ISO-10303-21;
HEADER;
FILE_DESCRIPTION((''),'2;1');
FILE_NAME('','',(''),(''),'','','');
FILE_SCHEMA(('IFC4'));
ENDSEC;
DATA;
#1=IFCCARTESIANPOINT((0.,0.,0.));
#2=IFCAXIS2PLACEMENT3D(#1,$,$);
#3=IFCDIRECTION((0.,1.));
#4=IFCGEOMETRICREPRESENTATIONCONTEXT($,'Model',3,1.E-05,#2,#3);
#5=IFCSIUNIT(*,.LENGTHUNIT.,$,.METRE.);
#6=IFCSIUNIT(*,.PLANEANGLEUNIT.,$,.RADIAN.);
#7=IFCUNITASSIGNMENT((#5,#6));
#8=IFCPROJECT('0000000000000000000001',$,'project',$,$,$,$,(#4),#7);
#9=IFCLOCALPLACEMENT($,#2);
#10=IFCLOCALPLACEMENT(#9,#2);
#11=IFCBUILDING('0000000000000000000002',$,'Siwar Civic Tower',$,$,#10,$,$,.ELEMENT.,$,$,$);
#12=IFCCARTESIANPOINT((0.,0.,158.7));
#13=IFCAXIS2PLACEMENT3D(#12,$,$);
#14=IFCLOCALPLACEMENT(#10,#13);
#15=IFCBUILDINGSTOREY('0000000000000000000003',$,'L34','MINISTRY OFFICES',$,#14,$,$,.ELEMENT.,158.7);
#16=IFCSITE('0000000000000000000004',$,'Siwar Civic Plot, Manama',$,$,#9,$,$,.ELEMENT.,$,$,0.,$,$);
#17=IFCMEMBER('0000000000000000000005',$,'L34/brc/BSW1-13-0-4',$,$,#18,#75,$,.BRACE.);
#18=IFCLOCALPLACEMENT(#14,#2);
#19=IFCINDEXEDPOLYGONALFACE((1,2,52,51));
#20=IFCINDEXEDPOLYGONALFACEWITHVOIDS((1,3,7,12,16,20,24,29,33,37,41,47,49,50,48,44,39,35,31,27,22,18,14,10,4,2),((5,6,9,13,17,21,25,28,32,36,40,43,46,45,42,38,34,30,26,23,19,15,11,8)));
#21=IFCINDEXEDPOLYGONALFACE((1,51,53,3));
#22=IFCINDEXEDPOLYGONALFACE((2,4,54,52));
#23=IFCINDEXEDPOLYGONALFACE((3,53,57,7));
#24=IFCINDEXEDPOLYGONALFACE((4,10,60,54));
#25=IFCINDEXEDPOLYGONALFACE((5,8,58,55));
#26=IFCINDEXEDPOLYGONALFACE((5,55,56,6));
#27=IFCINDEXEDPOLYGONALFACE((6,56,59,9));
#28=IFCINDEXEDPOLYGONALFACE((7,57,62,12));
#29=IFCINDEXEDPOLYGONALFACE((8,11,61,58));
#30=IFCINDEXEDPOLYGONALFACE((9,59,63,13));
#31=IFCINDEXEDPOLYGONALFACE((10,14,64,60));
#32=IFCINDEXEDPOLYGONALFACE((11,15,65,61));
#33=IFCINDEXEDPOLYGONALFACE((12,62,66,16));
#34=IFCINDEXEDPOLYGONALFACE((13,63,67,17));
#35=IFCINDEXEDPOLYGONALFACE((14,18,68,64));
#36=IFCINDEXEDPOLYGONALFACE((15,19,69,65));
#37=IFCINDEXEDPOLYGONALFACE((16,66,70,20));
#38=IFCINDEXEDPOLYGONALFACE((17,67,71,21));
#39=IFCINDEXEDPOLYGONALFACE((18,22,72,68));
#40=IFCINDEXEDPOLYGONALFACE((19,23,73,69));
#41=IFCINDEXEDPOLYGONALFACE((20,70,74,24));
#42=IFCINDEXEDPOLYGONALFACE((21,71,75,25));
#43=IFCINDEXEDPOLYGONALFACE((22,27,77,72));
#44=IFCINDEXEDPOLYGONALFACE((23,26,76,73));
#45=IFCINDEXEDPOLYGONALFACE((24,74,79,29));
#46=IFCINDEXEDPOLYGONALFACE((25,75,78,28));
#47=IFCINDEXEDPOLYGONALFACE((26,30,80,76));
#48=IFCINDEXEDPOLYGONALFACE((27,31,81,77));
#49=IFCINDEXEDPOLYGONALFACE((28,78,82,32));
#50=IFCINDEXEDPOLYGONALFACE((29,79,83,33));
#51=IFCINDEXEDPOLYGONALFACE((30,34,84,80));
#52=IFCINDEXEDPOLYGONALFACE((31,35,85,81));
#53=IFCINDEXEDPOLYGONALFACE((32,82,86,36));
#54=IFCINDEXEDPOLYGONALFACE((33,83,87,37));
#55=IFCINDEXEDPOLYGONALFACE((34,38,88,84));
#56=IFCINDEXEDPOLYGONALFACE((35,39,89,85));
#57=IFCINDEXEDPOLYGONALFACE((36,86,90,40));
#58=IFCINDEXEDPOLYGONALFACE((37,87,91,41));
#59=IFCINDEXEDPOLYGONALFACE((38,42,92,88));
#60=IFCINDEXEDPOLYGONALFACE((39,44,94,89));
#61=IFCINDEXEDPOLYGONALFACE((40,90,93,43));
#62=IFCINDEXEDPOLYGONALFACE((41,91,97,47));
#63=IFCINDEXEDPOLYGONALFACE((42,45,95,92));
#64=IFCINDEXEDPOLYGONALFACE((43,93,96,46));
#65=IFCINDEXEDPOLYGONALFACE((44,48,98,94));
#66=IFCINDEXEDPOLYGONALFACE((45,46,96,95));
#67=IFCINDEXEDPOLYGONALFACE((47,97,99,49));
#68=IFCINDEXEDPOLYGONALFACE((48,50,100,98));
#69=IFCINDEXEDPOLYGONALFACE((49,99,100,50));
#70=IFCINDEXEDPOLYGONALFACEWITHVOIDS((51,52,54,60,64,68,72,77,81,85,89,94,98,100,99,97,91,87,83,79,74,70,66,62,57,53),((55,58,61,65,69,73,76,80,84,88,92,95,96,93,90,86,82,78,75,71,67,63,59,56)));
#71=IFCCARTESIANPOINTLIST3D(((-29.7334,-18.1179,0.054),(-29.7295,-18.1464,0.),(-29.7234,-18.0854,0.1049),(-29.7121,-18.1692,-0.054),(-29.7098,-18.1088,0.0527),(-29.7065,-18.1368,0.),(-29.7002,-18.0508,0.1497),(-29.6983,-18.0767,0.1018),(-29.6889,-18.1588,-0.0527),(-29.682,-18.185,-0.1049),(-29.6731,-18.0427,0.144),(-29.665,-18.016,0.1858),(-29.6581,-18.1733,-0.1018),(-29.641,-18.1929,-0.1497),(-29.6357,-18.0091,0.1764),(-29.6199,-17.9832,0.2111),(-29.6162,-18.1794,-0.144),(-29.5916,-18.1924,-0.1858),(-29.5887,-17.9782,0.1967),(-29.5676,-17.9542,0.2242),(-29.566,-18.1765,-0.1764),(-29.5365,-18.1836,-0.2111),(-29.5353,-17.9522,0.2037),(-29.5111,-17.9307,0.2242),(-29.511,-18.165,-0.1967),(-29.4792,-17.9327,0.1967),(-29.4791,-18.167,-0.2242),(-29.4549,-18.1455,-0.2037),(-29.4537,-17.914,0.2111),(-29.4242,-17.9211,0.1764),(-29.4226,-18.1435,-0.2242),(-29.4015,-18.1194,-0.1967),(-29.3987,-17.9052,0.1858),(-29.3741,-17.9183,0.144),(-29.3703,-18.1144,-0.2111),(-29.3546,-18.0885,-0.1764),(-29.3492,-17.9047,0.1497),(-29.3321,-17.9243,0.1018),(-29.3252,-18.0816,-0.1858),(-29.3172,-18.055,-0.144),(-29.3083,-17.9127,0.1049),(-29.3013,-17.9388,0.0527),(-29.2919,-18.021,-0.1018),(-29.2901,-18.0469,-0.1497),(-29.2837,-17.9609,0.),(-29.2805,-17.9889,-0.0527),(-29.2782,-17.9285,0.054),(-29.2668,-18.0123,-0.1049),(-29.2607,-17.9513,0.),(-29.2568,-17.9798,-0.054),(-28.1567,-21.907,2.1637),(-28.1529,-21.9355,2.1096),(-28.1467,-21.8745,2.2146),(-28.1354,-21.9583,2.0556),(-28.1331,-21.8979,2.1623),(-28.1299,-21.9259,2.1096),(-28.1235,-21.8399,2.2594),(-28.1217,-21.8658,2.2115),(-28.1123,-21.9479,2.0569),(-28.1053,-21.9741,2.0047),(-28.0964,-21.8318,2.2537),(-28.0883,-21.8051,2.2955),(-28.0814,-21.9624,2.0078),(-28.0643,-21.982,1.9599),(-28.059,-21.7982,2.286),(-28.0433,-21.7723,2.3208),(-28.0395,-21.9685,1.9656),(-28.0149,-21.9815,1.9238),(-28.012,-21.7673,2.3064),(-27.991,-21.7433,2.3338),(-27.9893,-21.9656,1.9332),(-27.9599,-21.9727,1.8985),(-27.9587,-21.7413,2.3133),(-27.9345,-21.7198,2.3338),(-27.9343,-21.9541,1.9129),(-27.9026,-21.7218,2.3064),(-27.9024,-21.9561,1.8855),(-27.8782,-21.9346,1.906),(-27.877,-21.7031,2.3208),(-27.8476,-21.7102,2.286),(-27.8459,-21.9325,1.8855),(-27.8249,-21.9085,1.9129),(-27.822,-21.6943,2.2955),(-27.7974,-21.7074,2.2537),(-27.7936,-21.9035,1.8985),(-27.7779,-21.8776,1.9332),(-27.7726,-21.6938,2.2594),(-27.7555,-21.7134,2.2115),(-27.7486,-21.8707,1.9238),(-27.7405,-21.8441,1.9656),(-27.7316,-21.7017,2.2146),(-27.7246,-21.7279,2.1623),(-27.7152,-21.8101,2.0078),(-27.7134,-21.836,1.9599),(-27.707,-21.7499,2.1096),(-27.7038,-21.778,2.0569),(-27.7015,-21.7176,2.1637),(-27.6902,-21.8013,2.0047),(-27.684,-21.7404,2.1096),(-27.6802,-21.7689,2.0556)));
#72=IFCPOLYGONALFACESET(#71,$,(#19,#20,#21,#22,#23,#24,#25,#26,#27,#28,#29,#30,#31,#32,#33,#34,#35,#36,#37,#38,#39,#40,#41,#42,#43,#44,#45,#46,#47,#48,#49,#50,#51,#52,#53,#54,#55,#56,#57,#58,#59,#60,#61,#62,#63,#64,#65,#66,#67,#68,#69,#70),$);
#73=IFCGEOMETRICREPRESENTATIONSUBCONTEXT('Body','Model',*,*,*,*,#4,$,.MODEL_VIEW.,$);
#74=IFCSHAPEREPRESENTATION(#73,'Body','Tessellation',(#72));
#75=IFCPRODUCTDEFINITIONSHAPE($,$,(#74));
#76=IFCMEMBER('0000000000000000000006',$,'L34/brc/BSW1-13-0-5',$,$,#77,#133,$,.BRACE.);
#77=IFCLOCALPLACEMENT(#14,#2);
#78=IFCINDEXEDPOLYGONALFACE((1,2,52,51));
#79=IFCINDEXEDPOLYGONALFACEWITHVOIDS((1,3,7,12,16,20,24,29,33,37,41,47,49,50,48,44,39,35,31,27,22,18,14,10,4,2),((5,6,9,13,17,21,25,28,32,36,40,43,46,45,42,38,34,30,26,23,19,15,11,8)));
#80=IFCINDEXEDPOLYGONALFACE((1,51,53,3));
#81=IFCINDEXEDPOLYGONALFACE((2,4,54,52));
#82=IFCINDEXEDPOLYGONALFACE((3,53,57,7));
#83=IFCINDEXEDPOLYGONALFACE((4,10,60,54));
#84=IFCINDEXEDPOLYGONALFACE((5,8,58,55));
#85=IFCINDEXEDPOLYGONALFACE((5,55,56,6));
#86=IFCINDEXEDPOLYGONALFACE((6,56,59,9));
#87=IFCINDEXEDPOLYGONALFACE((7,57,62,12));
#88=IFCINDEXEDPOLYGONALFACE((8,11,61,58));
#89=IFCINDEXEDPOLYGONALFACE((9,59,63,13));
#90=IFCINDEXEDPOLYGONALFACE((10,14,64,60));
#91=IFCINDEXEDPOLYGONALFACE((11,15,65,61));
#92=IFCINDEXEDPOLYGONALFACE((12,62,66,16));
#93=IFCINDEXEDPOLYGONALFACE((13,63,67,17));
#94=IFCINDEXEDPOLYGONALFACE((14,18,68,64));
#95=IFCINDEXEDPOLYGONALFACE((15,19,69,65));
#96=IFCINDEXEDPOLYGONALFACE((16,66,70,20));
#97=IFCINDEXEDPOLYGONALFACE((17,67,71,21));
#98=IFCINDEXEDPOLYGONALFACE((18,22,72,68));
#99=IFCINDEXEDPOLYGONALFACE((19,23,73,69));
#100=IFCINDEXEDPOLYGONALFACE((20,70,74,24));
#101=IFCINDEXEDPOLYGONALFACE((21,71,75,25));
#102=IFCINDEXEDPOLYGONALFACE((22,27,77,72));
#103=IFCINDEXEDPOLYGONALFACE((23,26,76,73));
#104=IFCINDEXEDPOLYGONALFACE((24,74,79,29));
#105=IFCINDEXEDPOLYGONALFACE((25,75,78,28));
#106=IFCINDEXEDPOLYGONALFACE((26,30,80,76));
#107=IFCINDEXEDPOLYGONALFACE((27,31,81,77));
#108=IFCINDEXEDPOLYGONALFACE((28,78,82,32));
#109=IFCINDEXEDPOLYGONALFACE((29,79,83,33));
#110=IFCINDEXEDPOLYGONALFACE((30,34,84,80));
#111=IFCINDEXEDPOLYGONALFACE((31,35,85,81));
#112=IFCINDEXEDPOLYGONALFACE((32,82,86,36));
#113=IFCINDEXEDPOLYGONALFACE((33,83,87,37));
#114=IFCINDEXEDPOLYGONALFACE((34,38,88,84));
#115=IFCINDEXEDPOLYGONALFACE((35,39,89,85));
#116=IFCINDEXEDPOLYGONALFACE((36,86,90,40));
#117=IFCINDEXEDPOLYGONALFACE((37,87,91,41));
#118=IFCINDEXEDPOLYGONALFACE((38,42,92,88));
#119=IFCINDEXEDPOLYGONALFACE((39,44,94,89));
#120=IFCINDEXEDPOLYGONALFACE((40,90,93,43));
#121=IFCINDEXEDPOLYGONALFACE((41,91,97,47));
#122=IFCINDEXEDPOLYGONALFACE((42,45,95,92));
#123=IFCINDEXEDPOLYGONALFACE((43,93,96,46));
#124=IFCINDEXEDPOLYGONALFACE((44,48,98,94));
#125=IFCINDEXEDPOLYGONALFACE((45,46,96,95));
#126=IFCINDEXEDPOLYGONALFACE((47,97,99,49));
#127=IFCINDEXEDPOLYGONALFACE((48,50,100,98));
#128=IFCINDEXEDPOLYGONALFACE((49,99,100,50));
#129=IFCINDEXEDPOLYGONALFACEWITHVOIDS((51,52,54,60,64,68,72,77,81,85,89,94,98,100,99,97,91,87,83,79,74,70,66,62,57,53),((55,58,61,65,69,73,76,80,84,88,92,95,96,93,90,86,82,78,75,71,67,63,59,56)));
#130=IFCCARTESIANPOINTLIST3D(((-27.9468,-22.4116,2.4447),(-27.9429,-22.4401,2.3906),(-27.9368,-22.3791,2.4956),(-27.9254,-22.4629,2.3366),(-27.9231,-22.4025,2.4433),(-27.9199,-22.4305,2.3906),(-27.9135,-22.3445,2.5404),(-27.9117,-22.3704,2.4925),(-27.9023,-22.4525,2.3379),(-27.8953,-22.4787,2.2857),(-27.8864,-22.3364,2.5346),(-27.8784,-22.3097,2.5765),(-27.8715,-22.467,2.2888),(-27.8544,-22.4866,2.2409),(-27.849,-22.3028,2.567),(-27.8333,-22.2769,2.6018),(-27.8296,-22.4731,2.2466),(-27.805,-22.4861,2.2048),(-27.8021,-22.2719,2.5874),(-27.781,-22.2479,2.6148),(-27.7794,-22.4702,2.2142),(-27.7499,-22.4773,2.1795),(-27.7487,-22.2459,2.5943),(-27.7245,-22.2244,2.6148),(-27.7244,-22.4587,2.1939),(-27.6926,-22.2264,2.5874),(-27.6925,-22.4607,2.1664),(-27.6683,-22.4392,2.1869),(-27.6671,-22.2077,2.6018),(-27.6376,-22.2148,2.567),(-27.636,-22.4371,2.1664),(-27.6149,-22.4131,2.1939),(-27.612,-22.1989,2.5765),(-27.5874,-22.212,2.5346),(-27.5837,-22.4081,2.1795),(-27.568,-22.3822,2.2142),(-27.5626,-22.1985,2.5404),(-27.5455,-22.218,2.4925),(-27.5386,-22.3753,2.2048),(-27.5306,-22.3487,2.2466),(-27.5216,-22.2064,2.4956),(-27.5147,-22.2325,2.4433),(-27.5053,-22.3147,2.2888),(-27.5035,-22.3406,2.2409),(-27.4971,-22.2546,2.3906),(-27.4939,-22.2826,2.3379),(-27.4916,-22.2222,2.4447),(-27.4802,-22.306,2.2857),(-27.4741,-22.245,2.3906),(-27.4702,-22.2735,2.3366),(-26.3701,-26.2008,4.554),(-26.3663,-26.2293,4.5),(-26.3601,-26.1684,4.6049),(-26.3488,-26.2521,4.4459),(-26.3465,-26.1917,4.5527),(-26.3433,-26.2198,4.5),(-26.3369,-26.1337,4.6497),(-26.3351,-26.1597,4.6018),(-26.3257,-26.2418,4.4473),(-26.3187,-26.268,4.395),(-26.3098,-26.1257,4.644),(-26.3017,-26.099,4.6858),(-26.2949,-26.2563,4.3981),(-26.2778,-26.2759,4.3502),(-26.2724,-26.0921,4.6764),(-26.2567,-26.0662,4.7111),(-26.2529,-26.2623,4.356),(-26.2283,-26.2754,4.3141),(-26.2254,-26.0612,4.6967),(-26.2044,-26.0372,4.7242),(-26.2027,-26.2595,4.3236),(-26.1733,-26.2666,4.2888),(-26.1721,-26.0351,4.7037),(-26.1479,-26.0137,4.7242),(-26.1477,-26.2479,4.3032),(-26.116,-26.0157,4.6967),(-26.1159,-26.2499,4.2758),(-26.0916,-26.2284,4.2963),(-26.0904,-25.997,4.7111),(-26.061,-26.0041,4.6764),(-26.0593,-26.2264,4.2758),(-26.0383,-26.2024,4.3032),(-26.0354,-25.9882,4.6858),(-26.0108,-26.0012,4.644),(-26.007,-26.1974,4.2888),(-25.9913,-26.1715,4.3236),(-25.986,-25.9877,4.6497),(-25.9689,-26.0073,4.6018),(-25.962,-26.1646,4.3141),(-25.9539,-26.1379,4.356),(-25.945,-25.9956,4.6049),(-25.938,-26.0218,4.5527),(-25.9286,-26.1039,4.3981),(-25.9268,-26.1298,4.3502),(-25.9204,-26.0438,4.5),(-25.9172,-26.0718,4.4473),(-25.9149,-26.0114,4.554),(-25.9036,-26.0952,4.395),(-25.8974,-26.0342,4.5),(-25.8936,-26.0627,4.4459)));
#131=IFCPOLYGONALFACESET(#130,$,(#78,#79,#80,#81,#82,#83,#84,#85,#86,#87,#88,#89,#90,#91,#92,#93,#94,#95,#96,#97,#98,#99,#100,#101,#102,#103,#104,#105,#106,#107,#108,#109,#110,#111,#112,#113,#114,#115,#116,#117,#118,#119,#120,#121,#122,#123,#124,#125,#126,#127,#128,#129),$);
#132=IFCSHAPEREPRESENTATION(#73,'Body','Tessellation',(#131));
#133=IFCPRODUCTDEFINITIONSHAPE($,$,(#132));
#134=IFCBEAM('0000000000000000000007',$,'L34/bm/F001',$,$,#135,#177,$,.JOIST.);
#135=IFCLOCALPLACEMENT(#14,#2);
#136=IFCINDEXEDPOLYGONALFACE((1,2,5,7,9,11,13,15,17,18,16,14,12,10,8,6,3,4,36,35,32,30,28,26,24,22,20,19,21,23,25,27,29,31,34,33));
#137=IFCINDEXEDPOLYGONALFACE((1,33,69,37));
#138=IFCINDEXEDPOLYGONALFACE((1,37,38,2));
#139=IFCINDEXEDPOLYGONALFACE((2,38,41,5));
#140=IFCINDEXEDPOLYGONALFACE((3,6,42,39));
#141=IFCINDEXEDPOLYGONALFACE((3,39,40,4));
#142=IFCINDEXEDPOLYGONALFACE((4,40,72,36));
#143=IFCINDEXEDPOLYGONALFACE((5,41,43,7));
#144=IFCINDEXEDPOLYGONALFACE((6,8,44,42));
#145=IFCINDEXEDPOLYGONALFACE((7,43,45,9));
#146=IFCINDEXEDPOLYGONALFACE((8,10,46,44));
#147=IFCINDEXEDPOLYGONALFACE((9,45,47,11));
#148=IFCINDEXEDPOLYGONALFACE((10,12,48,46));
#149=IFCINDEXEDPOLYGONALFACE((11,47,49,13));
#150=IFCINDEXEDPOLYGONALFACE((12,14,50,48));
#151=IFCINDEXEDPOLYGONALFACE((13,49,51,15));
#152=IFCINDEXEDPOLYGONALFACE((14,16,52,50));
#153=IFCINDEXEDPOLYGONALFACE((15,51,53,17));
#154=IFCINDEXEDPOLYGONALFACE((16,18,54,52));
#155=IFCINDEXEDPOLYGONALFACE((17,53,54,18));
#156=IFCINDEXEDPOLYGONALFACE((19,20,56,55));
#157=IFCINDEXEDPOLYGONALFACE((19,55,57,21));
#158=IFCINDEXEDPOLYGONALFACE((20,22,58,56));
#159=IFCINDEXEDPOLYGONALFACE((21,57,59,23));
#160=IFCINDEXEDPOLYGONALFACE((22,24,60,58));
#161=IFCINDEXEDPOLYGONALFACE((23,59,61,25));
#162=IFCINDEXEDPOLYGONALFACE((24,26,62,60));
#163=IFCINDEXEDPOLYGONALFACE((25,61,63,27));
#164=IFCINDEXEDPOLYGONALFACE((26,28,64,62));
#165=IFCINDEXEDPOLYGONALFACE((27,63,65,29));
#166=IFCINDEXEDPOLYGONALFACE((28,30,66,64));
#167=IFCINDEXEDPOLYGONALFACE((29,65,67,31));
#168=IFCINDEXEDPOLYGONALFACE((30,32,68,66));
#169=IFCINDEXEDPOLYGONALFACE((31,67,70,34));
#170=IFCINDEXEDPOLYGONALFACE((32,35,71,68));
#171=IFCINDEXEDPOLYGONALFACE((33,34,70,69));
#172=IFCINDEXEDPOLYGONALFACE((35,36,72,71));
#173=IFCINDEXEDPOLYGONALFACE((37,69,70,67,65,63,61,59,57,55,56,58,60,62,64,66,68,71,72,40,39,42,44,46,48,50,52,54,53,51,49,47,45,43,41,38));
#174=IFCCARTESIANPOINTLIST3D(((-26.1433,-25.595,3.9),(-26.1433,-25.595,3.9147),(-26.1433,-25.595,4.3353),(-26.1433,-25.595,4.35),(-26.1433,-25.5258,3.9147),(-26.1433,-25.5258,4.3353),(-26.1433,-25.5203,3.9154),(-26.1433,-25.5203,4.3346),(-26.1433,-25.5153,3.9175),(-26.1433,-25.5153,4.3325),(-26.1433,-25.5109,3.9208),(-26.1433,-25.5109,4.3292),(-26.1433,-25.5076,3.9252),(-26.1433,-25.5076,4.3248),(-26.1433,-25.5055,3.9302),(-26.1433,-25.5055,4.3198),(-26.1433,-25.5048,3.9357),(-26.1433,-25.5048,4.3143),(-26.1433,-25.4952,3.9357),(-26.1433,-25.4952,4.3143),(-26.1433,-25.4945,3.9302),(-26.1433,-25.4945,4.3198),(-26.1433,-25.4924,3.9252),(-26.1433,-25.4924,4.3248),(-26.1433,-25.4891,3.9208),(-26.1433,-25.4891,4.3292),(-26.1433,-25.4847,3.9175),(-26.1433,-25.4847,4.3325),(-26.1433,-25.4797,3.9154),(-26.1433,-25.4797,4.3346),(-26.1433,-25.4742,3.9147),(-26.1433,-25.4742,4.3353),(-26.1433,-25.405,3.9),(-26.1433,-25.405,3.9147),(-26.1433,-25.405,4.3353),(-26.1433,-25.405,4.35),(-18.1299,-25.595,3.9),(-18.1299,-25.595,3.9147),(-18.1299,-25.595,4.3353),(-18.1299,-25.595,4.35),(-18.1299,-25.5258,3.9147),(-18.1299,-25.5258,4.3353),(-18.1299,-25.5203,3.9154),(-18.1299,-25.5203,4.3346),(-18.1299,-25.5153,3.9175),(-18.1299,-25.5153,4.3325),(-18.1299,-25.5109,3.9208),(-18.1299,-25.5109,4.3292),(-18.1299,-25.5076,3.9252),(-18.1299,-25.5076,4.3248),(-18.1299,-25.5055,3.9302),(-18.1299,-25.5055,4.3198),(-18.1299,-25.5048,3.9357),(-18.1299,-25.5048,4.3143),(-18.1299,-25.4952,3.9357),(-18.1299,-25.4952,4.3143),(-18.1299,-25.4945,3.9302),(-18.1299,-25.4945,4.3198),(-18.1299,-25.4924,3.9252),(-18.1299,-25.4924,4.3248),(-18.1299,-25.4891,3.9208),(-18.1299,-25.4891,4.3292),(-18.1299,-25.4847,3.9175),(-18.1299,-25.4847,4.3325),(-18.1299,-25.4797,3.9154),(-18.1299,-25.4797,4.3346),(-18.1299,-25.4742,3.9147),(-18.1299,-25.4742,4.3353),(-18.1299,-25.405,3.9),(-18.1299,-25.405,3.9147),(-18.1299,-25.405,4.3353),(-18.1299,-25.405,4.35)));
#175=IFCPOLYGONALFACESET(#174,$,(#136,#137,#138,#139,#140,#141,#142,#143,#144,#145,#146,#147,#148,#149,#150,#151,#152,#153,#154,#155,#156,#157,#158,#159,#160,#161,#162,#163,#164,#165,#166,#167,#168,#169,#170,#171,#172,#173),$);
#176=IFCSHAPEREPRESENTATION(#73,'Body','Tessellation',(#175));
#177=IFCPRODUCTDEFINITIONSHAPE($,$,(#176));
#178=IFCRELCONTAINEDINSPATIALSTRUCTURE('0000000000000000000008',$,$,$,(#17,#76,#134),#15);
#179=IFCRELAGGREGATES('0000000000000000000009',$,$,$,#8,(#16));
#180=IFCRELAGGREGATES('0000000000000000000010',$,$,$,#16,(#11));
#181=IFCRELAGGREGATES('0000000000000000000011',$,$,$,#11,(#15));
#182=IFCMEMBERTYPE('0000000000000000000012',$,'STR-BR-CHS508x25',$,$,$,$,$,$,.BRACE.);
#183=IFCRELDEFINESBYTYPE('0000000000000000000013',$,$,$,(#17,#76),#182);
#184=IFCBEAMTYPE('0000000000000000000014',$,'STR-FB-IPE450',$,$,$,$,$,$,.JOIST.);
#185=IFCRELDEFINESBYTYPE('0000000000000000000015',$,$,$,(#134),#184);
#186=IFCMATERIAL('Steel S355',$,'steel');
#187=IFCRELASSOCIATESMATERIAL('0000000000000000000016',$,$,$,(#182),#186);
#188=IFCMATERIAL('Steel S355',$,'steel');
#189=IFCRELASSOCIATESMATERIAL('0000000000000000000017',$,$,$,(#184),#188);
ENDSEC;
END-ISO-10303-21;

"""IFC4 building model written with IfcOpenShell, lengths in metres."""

from ifc_helpers import new_model, si_unit, direction, frame, origin, origin_2d, place, context, subcontext, project, spatial, hollow_circle, i_section, extrude, material, material_profile, profile_set, type_object, element, save


model = new_model("IFC4")

# Units and contexts
model_context = context("Model", 3, precision=1e-05, world=origin(), true_north=direction((0.0, 1.0)))
body_context = subcontext(model_context, "Body", "Model", "MODEL_VIEW")
ifc_project = project(units=[si_unit("LENGTHUNIT", "METRE"), si_unit("PLANEANGLEUNIT", "RADIAN")], contexts=[model_context])

# Site, building, storey
site_placement = place(None, origin())
site = spatial("IfcSite", under=ifc_project, at=site_placement, Name="Siwar Civic Plot, Manama", CompositionType="ELEMENT", RefElevation=0.0)
building_placement = place(site_placement, origin())
building = spatial("IfcBuilding", under=site, at=building_placement, Name="Siwar Civic Tower", CompositionType="ELEMENT")
storey_placement = place(building_placement, frame((0.0, 0.0, 158.7)))
storey = spatial("IfcBuildingStorey", under=building, at=storey_placement, Name="L34", Description="MINISTRY OFFICES", CompositionType="ELEMENT", Elevation=158.7)

# Members
ifc_material_1 = material(Name="Steel S355", Category="steel")
ifc_material_profile_1 = material_profile(ifc_material_1, hollow_circle(Radius=0.2539, WallThickness=0.0249, at=origin_2d()), Name="CHS508x25")
ifc_profile_set_1 = profile_set([ifc_material_profile_1], Name="Steel S355")
member_type_1 = type_object("IfcMemberType", Name="STR-BR-CHS508x25", PredefinedType="BRACE", material=ifc_profile_set_1)
for number, where, z_axis, x_axis, name in (
    (1, (-29.4951, -18.0488, 0.0), (0.341677, -0.821126, 0.457175), (0.92326, 0.384176, 0.0), "L34/brc/BSW1-13-0-4"),
    (2, (-27.7085, -22.3425, 2.3906), (0.341671, -0.821163, 0.457113), (0.923269, 0.384155, 0.0), "L34/brc/BSW1-13-0-5"),
):
    element("IfcMember", number, at=place(storey_placement, frame(where, z_axis=z_axis, x_axis=x_axis)), inside=storey, type_object=member_type_1, Name=name, PredefinedType="BRACE", context=body_context, shape_type="SweptSolid", body=[
        extrude(hollow_circle(Radius=0.2539, WallThickness=0.0249, at=origin_2d()), origin(), (0.0, 0.0, 1.0), 4.6145),
    ])

# Beam
ifc_material_2 = material(Name="Steel S355", Category="steel")
ifc_material_profile_2 = material_profile(ifc_material_2, i_section(OverallWidth=0.1899, OverallDepth=0.45, WebThickness=0.0095, FlangeThickness=0.0146, FilletRadius=0.021, at=origin_2d()), Name="IPE450")
ifc_profile_set_2 = profile_set([ifc_material_profile_2], Name="Steel S355")
beam_type_1 = type_object("IfcBeamType", Name="STR-FB-IPE450", PredefinedType="JOIST", material=ifc_profile_set_2)
beam_1_placement = place(storey_placement, frame((-26.1433, -25.5, 4.125), z_axis=(1.0, 0.0, 0.0), x_axis=(0.0, 1.0, 0.0)))
element("IfcBeam", 3, at=beam_1_placement, inside=storey, type_object=beam_type_1, Name="L34/bm/F001", PredefinedType="JOIST", context=body_context, shape_type="SweptSolid", body=[
    extrude(i_section(OverallWidth=0.1899, OverallDepth=0.45, WebThickness=0.0095, FlangeThickness=0.0146, FilletRadius=0.021, at=origin_2d()), origin(), (0.0, 0.0, 1.0), 8.0134),
])

save(model, "model.ifc")
